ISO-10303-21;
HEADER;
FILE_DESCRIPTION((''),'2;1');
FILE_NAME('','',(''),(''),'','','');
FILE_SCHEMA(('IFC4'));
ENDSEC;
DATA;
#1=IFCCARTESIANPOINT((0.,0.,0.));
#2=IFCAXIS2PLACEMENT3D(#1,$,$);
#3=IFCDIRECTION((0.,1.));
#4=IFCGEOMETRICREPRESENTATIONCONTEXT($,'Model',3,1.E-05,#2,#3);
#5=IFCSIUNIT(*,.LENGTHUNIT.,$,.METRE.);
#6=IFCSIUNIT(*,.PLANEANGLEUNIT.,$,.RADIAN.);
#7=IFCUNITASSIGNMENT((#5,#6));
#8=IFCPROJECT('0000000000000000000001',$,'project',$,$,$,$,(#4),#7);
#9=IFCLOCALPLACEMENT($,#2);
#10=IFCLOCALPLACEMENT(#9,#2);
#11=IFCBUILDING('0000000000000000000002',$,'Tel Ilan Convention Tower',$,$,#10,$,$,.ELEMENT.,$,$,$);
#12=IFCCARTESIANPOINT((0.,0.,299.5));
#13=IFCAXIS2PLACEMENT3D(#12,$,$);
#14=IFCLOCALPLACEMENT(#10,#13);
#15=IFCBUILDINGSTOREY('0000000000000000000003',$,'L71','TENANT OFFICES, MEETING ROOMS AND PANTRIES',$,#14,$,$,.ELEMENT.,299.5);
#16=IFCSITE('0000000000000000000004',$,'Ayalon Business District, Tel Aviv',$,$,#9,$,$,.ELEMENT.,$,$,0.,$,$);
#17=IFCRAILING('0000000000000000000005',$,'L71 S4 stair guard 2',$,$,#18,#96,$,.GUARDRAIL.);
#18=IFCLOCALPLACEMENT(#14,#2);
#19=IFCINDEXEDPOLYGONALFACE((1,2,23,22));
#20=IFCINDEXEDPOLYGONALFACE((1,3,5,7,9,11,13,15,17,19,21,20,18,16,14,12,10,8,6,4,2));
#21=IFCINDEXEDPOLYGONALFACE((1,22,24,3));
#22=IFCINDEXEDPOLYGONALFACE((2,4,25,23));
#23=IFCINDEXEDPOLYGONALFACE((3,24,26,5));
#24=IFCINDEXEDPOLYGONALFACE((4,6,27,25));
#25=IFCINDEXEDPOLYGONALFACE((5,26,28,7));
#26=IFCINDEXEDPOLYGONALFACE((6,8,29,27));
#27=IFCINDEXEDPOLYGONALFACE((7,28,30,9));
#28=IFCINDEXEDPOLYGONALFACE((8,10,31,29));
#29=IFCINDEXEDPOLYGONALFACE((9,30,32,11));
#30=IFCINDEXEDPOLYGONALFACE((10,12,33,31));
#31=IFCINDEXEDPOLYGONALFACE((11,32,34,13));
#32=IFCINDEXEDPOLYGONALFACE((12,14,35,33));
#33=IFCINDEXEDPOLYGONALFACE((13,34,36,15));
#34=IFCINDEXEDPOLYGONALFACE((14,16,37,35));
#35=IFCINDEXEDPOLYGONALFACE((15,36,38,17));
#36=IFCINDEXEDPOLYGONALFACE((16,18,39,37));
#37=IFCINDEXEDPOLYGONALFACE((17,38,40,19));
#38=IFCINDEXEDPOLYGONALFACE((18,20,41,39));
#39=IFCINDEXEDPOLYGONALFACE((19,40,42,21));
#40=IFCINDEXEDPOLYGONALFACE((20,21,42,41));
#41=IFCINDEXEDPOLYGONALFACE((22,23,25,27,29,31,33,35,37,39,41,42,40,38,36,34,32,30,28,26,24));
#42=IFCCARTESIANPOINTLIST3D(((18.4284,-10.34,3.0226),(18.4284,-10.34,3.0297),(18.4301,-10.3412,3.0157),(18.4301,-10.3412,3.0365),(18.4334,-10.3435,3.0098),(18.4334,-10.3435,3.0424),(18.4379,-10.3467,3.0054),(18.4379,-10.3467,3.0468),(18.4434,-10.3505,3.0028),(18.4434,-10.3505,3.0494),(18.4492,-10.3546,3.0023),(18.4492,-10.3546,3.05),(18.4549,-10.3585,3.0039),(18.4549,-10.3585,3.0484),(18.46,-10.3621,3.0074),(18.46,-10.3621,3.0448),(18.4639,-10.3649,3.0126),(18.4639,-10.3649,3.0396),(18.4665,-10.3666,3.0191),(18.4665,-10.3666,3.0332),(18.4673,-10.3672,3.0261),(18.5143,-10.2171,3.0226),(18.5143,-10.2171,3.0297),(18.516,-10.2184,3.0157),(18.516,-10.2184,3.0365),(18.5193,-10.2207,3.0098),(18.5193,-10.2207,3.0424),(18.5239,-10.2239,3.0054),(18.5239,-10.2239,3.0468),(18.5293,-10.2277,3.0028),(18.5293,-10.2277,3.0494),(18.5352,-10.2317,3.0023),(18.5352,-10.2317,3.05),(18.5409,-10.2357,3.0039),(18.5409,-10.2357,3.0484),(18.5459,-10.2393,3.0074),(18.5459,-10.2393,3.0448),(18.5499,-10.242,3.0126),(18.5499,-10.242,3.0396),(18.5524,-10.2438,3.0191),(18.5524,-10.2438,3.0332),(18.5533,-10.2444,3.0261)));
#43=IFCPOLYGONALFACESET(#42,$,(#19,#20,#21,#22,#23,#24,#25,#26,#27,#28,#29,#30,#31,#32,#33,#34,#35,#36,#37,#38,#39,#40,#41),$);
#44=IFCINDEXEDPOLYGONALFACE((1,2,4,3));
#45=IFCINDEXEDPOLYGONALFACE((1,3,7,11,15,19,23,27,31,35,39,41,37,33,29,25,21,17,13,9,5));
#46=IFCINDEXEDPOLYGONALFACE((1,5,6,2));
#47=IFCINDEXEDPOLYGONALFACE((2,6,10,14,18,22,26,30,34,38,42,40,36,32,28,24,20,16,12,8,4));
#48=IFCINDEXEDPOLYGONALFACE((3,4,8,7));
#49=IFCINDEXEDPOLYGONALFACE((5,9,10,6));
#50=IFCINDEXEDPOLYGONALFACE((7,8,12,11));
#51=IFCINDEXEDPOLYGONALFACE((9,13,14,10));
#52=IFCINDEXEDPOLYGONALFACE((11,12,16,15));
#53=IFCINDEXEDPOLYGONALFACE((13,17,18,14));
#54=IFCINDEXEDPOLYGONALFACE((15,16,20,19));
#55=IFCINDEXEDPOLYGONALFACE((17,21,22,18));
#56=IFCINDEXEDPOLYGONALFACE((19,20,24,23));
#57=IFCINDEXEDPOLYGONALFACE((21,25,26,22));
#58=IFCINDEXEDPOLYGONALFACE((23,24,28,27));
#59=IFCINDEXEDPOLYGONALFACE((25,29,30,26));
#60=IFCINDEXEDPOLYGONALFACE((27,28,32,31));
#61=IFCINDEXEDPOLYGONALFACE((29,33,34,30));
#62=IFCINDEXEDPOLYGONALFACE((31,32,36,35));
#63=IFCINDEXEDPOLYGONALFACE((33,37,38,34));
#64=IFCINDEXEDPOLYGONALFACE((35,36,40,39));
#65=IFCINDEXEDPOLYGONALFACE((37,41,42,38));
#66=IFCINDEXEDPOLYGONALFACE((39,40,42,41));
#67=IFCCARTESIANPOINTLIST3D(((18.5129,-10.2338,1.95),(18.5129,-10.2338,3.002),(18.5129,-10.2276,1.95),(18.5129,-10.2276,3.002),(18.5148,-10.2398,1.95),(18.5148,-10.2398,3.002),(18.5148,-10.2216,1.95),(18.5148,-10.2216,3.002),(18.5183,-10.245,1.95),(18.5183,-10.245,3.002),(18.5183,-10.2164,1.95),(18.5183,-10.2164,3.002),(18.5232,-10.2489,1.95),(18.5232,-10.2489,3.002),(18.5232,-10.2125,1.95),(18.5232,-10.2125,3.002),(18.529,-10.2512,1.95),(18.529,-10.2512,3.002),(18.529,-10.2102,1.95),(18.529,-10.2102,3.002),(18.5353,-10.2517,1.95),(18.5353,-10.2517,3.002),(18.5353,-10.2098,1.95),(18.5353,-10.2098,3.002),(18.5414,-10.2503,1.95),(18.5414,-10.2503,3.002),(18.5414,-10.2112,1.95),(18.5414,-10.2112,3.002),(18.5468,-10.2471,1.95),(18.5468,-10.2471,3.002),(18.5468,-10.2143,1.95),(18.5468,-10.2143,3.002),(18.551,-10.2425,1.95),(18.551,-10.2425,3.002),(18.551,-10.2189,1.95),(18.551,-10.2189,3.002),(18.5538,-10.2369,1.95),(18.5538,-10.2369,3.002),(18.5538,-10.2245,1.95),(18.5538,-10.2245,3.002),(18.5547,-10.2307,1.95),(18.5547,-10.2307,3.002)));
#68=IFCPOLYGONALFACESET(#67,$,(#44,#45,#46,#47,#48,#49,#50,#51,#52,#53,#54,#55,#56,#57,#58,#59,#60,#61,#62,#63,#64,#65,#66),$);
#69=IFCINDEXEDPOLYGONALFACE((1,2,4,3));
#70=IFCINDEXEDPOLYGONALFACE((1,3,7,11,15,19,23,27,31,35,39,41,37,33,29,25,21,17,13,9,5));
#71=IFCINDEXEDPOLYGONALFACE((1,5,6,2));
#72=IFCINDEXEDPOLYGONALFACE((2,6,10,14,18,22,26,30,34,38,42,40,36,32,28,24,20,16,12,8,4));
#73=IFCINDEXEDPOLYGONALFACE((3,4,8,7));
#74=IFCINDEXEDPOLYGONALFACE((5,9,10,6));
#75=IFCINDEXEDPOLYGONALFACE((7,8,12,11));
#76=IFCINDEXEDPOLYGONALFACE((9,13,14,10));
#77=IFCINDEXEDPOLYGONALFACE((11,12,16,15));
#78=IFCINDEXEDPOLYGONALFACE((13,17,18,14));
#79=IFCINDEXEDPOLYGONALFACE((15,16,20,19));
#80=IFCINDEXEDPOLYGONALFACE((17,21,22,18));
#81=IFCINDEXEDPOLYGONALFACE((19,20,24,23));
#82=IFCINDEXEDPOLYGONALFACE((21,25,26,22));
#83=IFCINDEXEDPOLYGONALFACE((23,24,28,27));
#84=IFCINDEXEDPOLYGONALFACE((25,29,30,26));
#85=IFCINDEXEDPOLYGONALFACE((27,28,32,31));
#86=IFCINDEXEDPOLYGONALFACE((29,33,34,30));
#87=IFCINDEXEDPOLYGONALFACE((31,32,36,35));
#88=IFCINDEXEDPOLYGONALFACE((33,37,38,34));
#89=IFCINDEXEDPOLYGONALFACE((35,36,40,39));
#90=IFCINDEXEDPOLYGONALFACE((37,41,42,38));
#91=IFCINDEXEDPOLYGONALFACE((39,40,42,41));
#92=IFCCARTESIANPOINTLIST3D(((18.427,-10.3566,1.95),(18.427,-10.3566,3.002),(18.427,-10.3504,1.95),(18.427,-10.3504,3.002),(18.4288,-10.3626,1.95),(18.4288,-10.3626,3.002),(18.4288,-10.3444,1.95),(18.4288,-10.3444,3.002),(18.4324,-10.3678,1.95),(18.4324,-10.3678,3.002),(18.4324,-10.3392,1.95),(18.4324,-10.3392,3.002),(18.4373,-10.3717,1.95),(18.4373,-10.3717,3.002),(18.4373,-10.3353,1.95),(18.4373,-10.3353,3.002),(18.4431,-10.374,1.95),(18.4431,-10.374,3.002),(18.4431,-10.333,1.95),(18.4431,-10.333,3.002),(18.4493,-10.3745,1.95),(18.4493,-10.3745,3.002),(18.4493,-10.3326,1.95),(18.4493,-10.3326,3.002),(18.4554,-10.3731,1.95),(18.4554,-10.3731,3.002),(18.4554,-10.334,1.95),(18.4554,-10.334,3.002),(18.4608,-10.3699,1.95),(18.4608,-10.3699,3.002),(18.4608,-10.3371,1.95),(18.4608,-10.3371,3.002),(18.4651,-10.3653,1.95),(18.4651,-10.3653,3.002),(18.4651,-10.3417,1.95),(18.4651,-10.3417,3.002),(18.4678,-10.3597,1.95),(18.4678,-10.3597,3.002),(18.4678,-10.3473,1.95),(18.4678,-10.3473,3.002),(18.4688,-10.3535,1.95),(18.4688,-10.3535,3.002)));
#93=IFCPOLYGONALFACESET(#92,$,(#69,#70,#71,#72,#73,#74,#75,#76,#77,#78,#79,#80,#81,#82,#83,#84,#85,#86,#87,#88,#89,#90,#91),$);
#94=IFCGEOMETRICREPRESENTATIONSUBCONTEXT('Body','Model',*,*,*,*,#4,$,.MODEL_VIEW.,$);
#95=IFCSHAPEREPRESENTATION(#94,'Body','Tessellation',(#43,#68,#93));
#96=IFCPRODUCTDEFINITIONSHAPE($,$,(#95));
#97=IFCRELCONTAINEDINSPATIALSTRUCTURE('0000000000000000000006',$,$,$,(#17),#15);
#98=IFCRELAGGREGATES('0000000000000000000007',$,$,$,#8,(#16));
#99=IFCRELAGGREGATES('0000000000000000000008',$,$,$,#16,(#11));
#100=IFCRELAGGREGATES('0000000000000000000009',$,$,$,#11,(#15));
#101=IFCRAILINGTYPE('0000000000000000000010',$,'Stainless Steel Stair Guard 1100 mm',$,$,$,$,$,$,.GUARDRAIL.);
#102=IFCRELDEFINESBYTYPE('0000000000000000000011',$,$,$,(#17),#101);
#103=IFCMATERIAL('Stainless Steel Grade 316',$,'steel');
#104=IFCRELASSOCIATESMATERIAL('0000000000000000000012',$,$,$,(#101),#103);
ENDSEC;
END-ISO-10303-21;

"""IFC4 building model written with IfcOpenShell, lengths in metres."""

from ifc_helpers import new_model, si_unit, direction, frame, origin, origin_2d, place, context, subcontext, project, spatial, circle, extrude, material, type_object, element, save


model = new_model("IFC4")

# Units and contexts
model_context = context("Model", 3, precision=1e-05, world=origin(), true_north=direction((0.0, 1.0)))
body_context = subcontext(model_context, "Body", "Model", "MODEL_VIEW")
ifc_project = project(units=[si_unit("LENGTHUNIT", "METRE"), si_unit("PLANEANGLEUNIT", "RADIAN")], contexts=[model_context])

# Site, building, storey
site_placement = place(None, origin())
site = spatial("IfcSite", under=ifc_project, at=site_placement, Name="Ayalon Business District, Tel Aviv", CompositionType="ELEMENT", RefElevation=0.0)
building_placement = place(site_placement, origin())
building = spatial("IfcBuilding", under=site, at=building_placement, Name="Tel Ilan Convention Tower", CompositionType="ELEMENT")
storey_placement = place(building_placement, frame((0.0, 0.0, 299.5)))
storey = spatial("IfcBuildingStorey", under=building, at=storey_placement, Name="L71", Description="TENANT OFFICES, MEETING ROOMS AND PANTRIES", CompositionType="ELEMENT", Elevation=299.5)

# Railing
ifc_material_1 = material(Name="Stainless Steel Grade 316", Category="steel")
railing_type_1 = type_object("IfcRailingType", Name="Stainless Steel Stair Guard 1100 mm", PredefinedType="GUARDRAIL", material=ifc_material_1)
railing_1_placement = place(storey_placement, frame((18.5337, -10.2307, 1.95)))
element("IfcRailing", 1, at=railing_1_placement, inside=storey, type_object=railing_type_1, Name="L71 S4 stair guard 2", PredefinedType="GUARDRAIL", context=body_context, shape_type="SweptSolid", body=[
    extrude(circle(Radius=0.0239, at=origin_2d()), frame((0.0, 0.0, 1.0762), z_axis=(-0.573353, -0.819308, 0.0), x_axis=(0.819308, -0.573353, 0.0)), (0.0, 0.0, 1.0), 0.1499),
    extrude(circle(Radius=0.021, at=origin_2d()), origin(), (0.0, 0.0, 1.0), 1.052),
    extrude(circle(Radius=0.021, at=origin_2d()), frame((-0.0859, -0.1228, 0.0)), (0.0, 0.0, 1.0), 1.052),
])

save(model, "model.ifc")
